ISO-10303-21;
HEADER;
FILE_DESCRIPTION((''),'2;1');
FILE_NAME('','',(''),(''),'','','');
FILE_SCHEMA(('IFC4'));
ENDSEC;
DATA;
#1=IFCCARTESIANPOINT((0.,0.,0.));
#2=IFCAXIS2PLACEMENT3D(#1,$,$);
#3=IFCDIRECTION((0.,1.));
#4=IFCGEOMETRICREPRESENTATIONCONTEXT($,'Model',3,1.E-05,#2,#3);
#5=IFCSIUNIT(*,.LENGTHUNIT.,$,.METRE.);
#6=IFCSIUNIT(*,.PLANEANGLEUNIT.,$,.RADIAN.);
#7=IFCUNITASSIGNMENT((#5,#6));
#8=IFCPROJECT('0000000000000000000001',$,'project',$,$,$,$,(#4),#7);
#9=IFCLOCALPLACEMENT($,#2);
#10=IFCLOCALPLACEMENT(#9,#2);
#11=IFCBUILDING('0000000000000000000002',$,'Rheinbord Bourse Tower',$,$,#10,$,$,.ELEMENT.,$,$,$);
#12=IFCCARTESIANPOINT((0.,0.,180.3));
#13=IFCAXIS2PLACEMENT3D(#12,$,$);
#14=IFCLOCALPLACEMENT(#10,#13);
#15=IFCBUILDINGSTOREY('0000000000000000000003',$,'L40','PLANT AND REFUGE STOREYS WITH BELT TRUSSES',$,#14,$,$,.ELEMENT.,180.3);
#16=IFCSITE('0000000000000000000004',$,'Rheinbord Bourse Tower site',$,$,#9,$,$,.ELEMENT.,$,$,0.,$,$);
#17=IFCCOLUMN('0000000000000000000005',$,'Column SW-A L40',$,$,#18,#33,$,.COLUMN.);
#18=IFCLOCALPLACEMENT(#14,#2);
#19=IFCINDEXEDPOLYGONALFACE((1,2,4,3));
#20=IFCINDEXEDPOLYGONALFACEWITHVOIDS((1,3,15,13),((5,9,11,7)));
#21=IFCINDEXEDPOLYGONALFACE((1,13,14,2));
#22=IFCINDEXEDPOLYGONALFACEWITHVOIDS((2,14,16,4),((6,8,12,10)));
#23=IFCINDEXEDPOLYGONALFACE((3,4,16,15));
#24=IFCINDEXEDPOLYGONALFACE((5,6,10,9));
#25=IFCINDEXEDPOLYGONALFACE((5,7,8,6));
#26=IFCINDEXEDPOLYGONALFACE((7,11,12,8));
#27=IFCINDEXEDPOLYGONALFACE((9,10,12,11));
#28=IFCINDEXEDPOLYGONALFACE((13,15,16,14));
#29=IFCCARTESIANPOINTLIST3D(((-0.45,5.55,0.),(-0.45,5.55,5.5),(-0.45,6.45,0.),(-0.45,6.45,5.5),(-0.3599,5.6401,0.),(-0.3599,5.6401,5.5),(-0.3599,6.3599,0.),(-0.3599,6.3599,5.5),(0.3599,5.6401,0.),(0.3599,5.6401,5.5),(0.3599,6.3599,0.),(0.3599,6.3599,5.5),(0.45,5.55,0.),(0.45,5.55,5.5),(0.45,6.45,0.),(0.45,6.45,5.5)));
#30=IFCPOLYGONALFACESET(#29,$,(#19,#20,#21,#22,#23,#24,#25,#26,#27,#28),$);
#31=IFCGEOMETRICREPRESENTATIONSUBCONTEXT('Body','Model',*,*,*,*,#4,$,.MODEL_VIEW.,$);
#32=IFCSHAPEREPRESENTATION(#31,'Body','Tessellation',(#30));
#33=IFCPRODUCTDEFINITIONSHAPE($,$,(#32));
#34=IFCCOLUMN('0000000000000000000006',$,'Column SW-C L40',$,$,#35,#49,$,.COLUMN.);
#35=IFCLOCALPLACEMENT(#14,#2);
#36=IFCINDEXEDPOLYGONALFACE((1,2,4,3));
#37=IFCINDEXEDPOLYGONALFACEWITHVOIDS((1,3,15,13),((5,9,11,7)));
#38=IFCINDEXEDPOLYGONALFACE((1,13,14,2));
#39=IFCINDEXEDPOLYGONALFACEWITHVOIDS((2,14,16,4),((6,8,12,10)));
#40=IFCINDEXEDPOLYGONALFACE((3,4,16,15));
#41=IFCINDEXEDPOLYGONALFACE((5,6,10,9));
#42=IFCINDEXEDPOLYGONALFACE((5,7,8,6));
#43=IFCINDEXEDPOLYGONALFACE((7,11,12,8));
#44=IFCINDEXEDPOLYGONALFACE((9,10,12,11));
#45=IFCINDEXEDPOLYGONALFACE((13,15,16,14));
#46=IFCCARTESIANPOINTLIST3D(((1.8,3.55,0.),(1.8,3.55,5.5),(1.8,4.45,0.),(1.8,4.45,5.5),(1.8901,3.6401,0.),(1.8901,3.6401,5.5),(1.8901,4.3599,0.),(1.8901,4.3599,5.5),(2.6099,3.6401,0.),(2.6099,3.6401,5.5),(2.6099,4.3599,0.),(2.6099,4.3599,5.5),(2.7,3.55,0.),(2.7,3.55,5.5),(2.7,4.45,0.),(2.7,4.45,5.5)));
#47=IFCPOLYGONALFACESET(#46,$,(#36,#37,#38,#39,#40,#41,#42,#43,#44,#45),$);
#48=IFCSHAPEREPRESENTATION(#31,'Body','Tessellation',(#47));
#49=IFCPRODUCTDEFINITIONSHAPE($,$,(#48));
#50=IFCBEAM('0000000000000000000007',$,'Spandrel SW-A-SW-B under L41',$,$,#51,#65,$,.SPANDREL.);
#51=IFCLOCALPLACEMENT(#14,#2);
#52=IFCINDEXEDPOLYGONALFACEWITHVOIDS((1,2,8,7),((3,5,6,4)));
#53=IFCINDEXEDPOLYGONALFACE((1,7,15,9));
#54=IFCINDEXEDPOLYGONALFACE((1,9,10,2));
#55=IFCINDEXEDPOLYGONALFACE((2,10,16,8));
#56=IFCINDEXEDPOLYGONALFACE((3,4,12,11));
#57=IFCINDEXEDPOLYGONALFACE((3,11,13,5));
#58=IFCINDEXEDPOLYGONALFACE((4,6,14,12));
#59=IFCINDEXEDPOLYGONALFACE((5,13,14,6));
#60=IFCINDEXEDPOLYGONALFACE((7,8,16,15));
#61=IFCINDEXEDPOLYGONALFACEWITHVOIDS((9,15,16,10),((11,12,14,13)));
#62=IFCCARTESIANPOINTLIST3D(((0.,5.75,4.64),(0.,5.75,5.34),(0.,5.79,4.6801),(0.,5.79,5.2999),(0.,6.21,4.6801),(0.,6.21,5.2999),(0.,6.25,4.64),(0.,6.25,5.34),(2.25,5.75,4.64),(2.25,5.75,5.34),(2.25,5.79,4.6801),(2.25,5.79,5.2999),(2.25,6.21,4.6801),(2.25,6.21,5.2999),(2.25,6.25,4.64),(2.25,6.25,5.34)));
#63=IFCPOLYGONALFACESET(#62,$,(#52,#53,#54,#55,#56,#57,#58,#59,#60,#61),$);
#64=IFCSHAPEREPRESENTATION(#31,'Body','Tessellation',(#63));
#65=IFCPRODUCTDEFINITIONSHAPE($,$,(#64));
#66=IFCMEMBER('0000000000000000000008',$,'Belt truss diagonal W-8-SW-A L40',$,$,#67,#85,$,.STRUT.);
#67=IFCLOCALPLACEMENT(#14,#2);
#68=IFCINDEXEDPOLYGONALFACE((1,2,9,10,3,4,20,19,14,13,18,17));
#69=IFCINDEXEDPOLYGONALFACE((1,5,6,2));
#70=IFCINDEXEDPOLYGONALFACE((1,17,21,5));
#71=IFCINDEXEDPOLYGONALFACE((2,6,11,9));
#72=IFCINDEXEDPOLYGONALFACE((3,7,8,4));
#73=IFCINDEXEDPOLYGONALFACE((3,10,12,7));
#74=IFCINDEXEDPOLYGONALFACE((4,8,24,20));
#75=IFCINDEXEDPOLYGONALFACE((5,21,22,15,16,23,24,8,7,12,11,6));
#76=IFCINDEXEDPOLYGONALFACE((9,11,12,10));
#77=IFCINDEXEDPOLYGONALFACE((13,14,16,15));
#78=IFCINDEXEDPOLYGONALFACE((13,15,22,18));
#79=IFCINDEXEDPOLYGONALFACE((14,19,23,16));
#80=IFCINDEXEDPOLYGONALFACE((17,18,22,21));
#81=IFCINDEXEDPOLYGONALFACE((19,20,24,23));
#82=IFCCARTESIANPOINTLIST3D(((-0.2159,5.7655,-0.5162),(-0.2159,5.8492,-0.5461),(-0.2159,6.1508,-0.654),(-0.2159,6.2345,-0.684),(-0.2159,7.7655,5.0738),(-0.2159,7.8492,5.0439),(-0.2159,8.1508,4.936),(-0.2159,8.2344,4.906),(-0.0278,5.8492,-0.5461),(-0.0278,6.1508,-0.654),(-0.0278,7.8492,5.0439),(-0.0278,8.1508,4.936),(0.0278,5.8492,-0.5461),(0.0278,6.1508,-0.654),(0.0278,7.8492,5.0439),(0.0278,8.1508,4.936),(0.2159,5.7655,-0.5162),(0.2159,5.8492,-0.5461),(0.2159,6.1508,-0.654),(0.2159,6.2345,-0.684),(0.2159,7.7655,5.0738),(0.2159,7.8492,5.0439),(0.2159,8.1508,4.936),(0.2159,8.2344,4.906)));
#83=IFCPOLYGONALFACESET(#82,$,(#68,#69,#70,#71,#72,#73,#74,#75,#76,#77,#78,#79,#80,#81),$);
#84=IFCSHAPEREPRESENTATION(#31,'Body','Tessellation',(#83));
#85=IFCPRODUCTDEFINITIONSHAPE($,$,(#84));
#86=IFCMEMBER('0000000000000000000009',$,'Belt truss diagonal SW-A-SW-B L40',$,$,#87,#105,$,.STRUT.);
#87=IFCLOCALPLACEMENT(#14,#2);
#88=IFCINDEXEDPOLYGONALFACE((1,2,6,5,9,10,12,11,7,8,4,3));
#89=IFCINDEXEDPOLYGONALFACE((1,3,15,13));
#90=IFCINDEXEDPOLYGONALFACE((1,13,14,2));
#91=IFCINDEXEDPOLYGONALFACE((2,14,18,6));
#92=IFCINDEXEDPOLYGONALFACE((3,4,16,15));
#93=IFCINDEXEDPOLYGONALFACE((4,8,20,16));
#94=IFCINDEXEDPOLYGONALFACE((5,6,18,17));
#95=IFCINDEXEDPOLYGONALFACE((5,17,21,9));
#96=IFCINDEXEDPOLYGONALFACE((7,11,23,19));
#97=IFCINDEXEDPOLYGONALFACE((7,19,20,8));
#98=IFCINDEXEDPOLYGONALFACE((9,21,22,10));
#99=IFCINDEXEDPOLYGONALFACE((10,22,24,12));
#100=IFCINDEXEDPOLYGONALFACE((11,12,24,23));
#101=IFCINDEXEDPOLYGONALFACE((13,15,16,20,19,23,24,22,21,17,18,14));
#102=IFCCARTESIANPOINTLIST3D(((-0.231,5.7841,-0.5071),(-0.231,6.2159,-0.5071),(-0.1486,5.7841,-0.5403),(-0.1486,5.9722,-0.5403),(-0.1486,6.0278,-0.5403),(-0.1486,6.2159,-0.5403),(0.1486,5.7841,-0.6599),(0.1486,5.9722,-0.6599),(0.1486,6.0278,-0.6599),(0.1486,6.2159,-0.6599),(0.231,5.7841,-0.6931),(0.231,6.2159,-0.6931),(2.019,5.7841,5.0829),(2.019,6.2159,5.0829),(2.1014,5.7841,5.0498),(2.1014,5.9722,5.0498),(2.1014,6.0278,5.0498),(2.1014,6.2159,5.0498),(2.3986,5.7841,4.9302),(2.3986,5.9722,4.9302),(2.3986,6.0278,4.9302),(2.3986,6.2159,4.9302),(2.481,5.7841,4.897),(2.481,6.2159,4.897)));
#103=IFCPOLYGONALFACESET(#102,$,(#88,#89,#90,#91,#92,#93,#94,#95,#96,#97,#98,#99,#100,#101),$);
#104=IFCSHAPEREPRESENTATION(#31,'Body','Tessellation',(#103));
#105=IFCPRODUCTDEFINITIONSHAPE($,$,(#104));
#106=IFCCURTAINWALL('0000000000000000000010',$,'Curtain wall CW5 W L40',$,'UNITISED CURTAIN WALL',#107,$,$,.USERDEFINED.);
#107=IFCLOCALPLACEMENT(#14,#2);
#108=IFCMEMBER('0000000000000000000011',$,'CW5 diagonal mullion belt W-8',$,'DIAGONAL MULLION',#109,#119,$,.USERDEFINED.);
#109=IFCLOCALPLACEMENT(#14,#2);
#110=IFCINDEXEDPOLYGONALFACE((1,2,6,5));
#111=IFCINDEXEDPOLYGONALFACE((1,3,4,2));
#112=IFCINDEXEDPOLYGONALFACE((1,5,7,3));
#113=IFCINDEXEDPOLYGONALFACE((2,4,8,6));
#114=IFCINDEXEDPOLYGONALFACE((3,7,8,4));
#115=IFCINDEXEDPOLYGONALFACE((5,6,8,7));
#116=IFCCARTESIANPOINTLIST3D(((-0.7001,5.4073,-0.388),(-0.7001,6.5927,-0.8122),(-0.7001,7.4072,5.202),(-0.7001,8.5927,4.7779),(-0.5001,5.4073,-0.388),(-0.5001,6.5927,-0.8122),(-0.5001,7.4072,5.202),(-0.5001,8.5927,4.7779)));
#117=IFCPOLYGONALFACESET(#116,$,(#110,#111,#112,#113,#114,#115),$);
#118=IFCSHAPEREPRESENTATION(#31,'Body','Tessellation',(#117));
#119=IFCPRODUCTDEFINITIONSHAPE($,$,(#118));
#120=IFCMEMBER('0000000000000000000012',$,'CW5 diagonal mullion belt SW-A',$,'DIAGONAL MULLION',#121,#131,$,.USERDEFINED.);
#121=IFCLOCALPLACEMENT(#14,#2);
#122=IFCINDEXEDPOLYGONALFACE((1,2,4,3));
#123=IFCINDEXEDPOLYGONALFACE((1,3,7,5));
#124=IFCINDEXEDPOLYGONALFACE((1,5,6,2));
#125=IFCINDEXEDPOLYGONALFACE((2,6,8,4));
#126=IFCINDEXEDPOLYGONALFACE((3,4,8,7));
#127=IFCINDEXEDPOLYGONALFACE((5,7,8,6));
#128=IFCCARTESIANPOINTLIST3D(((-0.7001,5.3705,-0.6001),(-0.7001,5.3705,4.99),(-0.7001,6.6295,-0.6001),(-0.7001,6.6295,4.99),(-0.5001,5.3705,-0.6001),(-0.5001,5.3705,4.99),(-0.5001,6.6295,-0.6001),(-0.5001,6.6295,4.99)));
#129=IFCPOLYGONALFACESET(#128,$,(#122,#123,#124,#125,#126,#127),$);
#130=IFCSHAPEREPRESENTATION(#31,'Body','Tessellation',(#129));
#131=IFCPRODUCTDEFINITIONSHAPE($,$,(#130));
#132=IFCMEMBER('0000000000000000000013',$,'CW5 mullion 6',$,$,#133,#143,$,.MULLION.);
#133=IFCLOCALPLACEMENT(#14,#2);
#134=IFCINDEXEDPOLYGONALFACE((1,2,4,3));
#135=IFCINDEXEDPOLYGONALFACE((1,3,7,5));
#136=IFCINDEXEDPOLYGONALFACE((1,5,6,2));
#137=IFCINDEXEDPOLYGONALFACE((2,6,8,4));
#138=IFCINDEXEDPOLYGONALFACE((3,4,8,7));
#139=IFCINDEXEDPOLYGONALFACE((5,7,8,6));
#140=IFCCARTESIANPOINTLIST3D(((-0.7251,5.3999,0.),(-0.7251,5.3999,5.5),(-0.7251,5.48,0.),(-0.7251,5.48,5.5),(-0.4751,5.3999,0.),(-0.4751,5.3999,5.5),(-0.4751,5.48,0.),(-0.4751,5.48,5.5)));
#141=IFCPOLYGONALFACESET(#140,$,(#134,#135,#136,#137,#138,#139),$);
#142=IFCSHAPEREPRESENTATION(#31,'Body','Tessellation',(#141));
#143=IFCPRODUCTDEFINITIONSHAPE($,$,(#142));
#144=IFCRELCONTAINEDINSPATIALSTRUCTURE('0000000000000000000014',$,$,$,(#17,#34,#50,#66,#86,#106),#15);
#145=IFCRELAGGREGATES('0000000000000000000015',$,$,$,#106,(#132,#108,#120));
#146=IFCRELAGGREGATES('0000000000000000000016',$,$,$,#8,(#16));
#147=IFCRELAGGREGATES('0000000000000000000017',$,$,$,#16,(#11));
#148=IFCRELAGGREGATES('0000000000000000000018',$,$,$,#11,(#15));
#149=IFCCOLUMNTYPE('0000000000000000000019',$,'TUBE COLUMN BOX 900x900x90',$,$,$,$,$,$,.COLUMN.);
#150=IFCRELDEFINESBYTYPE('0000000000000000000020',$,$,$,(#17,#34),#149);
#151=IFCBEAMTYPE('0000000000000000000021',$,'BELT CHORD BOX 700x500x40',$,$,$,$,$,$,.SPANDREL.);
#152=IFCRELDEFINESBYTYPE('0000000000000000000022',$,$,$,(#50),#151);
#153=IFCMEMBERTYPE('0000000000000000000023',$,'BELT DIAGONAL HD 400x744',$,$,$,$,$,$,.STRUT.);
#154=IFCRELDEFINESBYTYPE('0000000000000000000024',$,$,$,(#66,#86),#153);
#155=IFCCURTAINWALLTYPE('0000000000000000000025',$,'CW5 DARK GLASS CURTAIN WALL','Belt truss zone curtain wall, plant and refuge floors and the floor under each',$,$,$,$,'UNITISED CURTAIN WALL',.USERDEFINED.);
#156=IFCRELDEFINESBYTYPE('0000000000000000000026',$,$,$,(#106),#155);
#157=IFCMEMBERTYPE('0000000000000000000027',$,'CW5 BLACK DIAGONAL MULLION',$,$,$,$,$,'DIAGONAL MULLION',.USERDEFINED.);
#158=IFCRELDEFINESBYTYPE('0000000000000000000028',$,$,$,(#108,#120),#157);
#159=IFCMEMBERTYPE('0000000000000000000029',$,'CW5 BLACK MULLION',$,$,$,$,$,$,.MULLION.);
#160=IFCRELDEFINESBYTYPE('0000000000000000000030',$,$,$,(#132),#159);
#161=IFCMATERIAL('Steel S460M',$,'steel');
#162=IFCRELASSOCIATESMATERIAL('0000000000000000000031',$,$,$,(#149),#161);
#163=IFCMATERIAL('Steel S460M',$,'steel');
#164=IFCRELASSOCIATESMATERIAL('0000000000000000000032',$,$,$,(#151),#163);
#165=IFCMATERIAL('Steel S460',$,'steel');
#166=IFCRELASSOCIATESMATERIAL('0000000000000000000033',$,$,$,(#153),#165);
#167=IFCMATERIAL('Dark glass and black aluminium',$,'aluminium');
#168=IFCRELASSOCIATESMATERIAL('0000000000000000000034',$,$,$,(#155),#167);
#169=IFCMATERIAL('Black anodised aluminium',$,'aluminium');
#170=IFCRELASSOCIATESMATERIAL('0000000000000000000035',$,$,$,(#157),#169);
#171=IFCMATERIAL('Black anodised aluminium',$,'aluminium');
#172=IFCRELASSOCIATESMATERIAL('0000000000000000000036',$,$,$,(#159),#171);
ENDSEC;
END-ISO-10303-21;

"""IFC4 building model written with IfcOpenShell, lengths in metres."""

from ifc_helpers import new_model, si_unit, direction, frame, origin, origin_2d, place, context, subcontext, project, spatial, rectangle, hollow_rectangle, i_section, extrude, material, material_profile, profile_set, type_object, element, aggregate, save


model = new_model("IFC4")

# Units and contexts
model_context = context("Model", 3, precision=1e-05, world=origin(), true_north=direction((0.0, 1.0)))
body_context = subcontext(model_context, "Body", "Model", "MODEL_VIEW")
ifc_project = project(units=[si_unit("LENGTHUNIT", "METRE"), si_unit("PLANEANGLEUNIT", "RADIAN")], contexts=[model_context])

# Site, building, storey
site_placement = place(None, origin())
site = spatial("IfcSite", under=ifc_project, at=site_placement, Name="Rheinbord Bourse Tower site", CompositionType="ELEMENT", RefElevation=0.0)
building_placement = place(site_placement, origin())
building = spatial("IfcBuilding", under=site, at=building_placement, Name="Rheinbord Bourse Tower", CompositionType="ELEMENT")
storey_placement = place(building_placement, frame((0.0, 0.0, 180.3)))
storey = spatial("IfcBuildingStorey", under=building, at=storey_placement, Name="L40", Description="PLANT AND REFUGE STOREYS WITH BELT TRUSSES", CompositionType="ELEMENT", Elevation=180.3)

# Columns
ifc_material_1 = material(Name="Steel S460M", Category="steel")
ifc_material_profile_1 = material_profile(ifc_material_1, hollow_rectangle(XDim=0.8999, YDim=0.8999, WallThickness=0.0901, at=origin_2d()), Name="BOX 900x900x90")
ifc_profile_set_1 = profile_set([ifc_material_profile_1], Name="Steel S460M")
column_type = type_object("IfcColumnType", Name="TUBE COLUMN BOX 900x900x90", PredefinedType="COLUMN", material=ifc_profile_set_1)
for number, where, z_axis, x_axis, name in (
    (1, (0.0, 6.0, 0.0), (0.0, 0.0, 1.0), (1.0, 0.0, 0.0), "Column SW-A L40"),
    (2, (2.25, 4.0, 0.0), (0.0, 0.0, 1.0), (1.0, 0.0, 0.0), "Column SW-C L40"),
):
    element("IfcColumn", number, at=place(storey_placement, frame(where, z_axis=z_axis, x_axis=x_axis)), inside=storey, type_object=column_type, Name=name, PredefinedType="COLUMN", context=body_context, shape_type="SweptSolid", body=[
        extrude(hollow_rectangle(XDim=0.8999, YDim=0.8999, WallThickness=0.0901, at=origin_2d()), origin(), (0.0, 0.0, 1.0), 5.5),
    ])

# Beam
ifc_material_2 = material(Name="Steel S460M", Category="steel")
ifc_material_profile_2 = material_profile(ifc_material_2, hollow_rectangle(XDim=0.5, YDim=0.7, WallThickness=0.04, at=origin_2d()), Name="BOX 700x500x40")
ifc_profile_set_2 = profile_set([ifc_material_profile_2], Name="Steel S460M")
beam_type = type_object("IfcBeamType", Name="BELT CHORD BOX 700x500x40", PredefinedType="SPANDREL", material=ifc_profile_set_2)
beam_placement = place(storey_placement, frame((0.0, 6.0, 4.99), z_axis=(1.0, 0.0, 0.0), x_axis=(0.0, 1.0, 0.0)))
element("IfcBeam", 3, at=beam_placement, inside=storey, type_object=beam_type, Name="Spandrel SW-A-SW-B under L41", PredefinedType="SPANDREL", context=body_context, shape_type="SweptSolid", body=[
    extrude(hollow_rectangle(XDim=0.5, YDim=0.7, WallThickness=0.04, at=origin_2d()), origin(), (0.0, 0.0, 1.0), 2.25),
])

# Members
ifc_material_3 = material(Name="Steel S460", Category="steel")
ifc_material_profile_3 = material_profile(ifc_material_3, i_section(OverallWidth=0.4319, OverallDepth=0.498, WebThickness=0.0557, FlangeThickness=0.0889, at=origin_2d()), Name="HD 400x744")
ifc_profile_set_3 = profile_set([ifc_material_profile_3], Name="Steel S460")
member_type_1 = type_object("IfcMemberType", Name="BELT DIAGONAL HD 400x744", PredefinedType="STRUT", material=ifc_profile_set_3)
member_1_placement = place(storey_placement, frame((0.0, 6.0, -0.6001), z_axis=(0.0, 0.336865, 0.941553), x_axis=(-1.0, 0.0, 0.0)))
element("IfcMember", 4, at=member_1_placement, inside=storey, type_object=member_type_1, Name="Belt truss diagonal W-8-SW-A L40", PredefinedType="STRUT", context=body_context, shape_type="SweptSolid", body=[
    extrude(i_section(OverallWidth=0.4319, OverallDepth=0.498, WebThickness=0.0557, FlangeThickness=0.0889, at=origin_2d()), origin(), (0.0, 0.0, 1.0), 5.937),
])
member_2_placement = place(storey_placement, frame((0.0, 6.0, -0.6001), z_axis=(0.373388, 0.0, 0.927675), x_axis=(0.0, 1.0, 0.0)))
element("IfcMember", 5, at=member_2_placement, inside=storey, type_object=member_type_1, Name="Belt truss diagonal SW-A-SW-B L40", PredefinedType="STRUT", context=body_context, shape_type="SweptSolid", body=[
    extrude(i_section(OverallWidth=0.4319, OverallDepth=0.498, WebThickness=0.0557, FlangeThickness=0.0889, at=origin_2d()), origin(), (0.0, 0.0, 1.0), 6.0259),
])

# Curtain wall, members
ifc_material_4 = material(Name="Dark glass and black aluminium", Category="aluminium")
curtain_wall_type = type_object("IfcCurtainWallType", Name="CW5 DARK GLASS CURTAIN WALL", Description="Belt truss zone curtain wall, plant and refuge floors and the floor under each", ElementType="UNITISED CURTAIN WALL", PredefinedType="USERDEFINED", material=ifc_material_4)
curtain_wall_placement = place(storey_placement, origin())
curtain_wall = element("IfcCurtainWall", 6, at=curtain_wall_placement, inside=storey, type_object=curtain_wall_type, Name="Curtain wall CW5 W L40", ObjectType="UNITISED CURTAIN WALL", PredefinedType="USERDEFINED")
ifc_material_5 = material(Name="Black anodised aluminium", Category="aluminium")
ifc_material_profile_4 = material_profile(ifc_material_5, rectangle(XDim=0.2, YDim=1.259, at=origin_2d()), Name="CW5 DIAGONAL MULLION 1259x200")
ifc_profile_set_4 = profile_set([ifc_material_profile_4], Name="Black anodised aluminium")
member_type_2 = type_object("IfcMemberType", Name="CW5 BLACK DIAGONAL MULLION", ElementType="DIAGONAL MULLION", PredefinedType="USERDEFINED", material=ifc_profile_set_4)
member_3_placement = place(storey_placement, frame((-0.6001, 6.0, -0.6001), z_axis=(0.0, 0.336865, 0.941553), x_axis=(-1.0, 0.0, 0.0)))
member_3 = element("IfcMember", 7, at=member_3_placement, type_object=member_type_2, Name="CW5 diagonal mullion belt W-8", ObjectType="DIAGONAL MULLION", PredefinedType="USERDEFINED", context=body_context, shape_type="SweptSolid", body=[
    extrude(rectangle(XDim=0.2, YDim=1.259, at=origin_2d()), origin(), (0.0, 0.0, 1.0), 5.937),
])
member_4_placement = place(storey_placement, frame((-0.6001, 6.0, -0.6001), z_axis=(0.0, 0.0, 1.0), x_axis=(1.0, 0.0, 0.0)))
member_4 = element("IfcMember", 8, at=member_4_placement, type_object=member_type_2, Name="CW5 diagonal mullion belt SW-A", ObjectType="DIAGONAL MULLION", PredefinedType="USERDEFINED", context=body_context, shape_type="SweptSolid", body=[
    extrude(rectangle(XDim=0.2, YDim=1.259, at=origin_2d()), origin(), (0.0, 0.0, 1.0), 5.5901),
])
ifc_material_6 = material(Name="Black anodised aluminium", Category="aluminium")
ifc_material_profile_5 = material_profile(ifc_material_6, rectangle(XDim=0.25, YDim=0.0801, at=origin_2d()), Name="CW5 MULLION 80x250")
ifc_profile_set_5 = profile_set([ifc_material_profile_5], Name="Black anodised aluminium")
member_type_3 = type_object("IfcMemberType", Name="CW5 BLACK MULLION", PredefinedType="MULLION", material=ifc_profile_set_5)
member_5_placement = place(storey_placement, frame((-0.6001, 5.4399, 0.0), z_axis=(0.0, 0.0, 1.0), x_axis=(1.0, 0.0, 0.0)))
member_5 = element("IfcMember", 9, at=member_5_placement, type_object=member_type_3, Name="CW5 mullion 6", PredefinedType="MULLION", context=body_context, shape_type="SweptSolid", body=[
    extrude(rectangle(XDim=0.25, YDim=0.0801, at=origin_2d()), origin(), (0.0, 0.0, 1.0), 5.5),
])
aggregate(curtain_wall, [member_5, member_3, member_4])

save(model, "model.ifc")
